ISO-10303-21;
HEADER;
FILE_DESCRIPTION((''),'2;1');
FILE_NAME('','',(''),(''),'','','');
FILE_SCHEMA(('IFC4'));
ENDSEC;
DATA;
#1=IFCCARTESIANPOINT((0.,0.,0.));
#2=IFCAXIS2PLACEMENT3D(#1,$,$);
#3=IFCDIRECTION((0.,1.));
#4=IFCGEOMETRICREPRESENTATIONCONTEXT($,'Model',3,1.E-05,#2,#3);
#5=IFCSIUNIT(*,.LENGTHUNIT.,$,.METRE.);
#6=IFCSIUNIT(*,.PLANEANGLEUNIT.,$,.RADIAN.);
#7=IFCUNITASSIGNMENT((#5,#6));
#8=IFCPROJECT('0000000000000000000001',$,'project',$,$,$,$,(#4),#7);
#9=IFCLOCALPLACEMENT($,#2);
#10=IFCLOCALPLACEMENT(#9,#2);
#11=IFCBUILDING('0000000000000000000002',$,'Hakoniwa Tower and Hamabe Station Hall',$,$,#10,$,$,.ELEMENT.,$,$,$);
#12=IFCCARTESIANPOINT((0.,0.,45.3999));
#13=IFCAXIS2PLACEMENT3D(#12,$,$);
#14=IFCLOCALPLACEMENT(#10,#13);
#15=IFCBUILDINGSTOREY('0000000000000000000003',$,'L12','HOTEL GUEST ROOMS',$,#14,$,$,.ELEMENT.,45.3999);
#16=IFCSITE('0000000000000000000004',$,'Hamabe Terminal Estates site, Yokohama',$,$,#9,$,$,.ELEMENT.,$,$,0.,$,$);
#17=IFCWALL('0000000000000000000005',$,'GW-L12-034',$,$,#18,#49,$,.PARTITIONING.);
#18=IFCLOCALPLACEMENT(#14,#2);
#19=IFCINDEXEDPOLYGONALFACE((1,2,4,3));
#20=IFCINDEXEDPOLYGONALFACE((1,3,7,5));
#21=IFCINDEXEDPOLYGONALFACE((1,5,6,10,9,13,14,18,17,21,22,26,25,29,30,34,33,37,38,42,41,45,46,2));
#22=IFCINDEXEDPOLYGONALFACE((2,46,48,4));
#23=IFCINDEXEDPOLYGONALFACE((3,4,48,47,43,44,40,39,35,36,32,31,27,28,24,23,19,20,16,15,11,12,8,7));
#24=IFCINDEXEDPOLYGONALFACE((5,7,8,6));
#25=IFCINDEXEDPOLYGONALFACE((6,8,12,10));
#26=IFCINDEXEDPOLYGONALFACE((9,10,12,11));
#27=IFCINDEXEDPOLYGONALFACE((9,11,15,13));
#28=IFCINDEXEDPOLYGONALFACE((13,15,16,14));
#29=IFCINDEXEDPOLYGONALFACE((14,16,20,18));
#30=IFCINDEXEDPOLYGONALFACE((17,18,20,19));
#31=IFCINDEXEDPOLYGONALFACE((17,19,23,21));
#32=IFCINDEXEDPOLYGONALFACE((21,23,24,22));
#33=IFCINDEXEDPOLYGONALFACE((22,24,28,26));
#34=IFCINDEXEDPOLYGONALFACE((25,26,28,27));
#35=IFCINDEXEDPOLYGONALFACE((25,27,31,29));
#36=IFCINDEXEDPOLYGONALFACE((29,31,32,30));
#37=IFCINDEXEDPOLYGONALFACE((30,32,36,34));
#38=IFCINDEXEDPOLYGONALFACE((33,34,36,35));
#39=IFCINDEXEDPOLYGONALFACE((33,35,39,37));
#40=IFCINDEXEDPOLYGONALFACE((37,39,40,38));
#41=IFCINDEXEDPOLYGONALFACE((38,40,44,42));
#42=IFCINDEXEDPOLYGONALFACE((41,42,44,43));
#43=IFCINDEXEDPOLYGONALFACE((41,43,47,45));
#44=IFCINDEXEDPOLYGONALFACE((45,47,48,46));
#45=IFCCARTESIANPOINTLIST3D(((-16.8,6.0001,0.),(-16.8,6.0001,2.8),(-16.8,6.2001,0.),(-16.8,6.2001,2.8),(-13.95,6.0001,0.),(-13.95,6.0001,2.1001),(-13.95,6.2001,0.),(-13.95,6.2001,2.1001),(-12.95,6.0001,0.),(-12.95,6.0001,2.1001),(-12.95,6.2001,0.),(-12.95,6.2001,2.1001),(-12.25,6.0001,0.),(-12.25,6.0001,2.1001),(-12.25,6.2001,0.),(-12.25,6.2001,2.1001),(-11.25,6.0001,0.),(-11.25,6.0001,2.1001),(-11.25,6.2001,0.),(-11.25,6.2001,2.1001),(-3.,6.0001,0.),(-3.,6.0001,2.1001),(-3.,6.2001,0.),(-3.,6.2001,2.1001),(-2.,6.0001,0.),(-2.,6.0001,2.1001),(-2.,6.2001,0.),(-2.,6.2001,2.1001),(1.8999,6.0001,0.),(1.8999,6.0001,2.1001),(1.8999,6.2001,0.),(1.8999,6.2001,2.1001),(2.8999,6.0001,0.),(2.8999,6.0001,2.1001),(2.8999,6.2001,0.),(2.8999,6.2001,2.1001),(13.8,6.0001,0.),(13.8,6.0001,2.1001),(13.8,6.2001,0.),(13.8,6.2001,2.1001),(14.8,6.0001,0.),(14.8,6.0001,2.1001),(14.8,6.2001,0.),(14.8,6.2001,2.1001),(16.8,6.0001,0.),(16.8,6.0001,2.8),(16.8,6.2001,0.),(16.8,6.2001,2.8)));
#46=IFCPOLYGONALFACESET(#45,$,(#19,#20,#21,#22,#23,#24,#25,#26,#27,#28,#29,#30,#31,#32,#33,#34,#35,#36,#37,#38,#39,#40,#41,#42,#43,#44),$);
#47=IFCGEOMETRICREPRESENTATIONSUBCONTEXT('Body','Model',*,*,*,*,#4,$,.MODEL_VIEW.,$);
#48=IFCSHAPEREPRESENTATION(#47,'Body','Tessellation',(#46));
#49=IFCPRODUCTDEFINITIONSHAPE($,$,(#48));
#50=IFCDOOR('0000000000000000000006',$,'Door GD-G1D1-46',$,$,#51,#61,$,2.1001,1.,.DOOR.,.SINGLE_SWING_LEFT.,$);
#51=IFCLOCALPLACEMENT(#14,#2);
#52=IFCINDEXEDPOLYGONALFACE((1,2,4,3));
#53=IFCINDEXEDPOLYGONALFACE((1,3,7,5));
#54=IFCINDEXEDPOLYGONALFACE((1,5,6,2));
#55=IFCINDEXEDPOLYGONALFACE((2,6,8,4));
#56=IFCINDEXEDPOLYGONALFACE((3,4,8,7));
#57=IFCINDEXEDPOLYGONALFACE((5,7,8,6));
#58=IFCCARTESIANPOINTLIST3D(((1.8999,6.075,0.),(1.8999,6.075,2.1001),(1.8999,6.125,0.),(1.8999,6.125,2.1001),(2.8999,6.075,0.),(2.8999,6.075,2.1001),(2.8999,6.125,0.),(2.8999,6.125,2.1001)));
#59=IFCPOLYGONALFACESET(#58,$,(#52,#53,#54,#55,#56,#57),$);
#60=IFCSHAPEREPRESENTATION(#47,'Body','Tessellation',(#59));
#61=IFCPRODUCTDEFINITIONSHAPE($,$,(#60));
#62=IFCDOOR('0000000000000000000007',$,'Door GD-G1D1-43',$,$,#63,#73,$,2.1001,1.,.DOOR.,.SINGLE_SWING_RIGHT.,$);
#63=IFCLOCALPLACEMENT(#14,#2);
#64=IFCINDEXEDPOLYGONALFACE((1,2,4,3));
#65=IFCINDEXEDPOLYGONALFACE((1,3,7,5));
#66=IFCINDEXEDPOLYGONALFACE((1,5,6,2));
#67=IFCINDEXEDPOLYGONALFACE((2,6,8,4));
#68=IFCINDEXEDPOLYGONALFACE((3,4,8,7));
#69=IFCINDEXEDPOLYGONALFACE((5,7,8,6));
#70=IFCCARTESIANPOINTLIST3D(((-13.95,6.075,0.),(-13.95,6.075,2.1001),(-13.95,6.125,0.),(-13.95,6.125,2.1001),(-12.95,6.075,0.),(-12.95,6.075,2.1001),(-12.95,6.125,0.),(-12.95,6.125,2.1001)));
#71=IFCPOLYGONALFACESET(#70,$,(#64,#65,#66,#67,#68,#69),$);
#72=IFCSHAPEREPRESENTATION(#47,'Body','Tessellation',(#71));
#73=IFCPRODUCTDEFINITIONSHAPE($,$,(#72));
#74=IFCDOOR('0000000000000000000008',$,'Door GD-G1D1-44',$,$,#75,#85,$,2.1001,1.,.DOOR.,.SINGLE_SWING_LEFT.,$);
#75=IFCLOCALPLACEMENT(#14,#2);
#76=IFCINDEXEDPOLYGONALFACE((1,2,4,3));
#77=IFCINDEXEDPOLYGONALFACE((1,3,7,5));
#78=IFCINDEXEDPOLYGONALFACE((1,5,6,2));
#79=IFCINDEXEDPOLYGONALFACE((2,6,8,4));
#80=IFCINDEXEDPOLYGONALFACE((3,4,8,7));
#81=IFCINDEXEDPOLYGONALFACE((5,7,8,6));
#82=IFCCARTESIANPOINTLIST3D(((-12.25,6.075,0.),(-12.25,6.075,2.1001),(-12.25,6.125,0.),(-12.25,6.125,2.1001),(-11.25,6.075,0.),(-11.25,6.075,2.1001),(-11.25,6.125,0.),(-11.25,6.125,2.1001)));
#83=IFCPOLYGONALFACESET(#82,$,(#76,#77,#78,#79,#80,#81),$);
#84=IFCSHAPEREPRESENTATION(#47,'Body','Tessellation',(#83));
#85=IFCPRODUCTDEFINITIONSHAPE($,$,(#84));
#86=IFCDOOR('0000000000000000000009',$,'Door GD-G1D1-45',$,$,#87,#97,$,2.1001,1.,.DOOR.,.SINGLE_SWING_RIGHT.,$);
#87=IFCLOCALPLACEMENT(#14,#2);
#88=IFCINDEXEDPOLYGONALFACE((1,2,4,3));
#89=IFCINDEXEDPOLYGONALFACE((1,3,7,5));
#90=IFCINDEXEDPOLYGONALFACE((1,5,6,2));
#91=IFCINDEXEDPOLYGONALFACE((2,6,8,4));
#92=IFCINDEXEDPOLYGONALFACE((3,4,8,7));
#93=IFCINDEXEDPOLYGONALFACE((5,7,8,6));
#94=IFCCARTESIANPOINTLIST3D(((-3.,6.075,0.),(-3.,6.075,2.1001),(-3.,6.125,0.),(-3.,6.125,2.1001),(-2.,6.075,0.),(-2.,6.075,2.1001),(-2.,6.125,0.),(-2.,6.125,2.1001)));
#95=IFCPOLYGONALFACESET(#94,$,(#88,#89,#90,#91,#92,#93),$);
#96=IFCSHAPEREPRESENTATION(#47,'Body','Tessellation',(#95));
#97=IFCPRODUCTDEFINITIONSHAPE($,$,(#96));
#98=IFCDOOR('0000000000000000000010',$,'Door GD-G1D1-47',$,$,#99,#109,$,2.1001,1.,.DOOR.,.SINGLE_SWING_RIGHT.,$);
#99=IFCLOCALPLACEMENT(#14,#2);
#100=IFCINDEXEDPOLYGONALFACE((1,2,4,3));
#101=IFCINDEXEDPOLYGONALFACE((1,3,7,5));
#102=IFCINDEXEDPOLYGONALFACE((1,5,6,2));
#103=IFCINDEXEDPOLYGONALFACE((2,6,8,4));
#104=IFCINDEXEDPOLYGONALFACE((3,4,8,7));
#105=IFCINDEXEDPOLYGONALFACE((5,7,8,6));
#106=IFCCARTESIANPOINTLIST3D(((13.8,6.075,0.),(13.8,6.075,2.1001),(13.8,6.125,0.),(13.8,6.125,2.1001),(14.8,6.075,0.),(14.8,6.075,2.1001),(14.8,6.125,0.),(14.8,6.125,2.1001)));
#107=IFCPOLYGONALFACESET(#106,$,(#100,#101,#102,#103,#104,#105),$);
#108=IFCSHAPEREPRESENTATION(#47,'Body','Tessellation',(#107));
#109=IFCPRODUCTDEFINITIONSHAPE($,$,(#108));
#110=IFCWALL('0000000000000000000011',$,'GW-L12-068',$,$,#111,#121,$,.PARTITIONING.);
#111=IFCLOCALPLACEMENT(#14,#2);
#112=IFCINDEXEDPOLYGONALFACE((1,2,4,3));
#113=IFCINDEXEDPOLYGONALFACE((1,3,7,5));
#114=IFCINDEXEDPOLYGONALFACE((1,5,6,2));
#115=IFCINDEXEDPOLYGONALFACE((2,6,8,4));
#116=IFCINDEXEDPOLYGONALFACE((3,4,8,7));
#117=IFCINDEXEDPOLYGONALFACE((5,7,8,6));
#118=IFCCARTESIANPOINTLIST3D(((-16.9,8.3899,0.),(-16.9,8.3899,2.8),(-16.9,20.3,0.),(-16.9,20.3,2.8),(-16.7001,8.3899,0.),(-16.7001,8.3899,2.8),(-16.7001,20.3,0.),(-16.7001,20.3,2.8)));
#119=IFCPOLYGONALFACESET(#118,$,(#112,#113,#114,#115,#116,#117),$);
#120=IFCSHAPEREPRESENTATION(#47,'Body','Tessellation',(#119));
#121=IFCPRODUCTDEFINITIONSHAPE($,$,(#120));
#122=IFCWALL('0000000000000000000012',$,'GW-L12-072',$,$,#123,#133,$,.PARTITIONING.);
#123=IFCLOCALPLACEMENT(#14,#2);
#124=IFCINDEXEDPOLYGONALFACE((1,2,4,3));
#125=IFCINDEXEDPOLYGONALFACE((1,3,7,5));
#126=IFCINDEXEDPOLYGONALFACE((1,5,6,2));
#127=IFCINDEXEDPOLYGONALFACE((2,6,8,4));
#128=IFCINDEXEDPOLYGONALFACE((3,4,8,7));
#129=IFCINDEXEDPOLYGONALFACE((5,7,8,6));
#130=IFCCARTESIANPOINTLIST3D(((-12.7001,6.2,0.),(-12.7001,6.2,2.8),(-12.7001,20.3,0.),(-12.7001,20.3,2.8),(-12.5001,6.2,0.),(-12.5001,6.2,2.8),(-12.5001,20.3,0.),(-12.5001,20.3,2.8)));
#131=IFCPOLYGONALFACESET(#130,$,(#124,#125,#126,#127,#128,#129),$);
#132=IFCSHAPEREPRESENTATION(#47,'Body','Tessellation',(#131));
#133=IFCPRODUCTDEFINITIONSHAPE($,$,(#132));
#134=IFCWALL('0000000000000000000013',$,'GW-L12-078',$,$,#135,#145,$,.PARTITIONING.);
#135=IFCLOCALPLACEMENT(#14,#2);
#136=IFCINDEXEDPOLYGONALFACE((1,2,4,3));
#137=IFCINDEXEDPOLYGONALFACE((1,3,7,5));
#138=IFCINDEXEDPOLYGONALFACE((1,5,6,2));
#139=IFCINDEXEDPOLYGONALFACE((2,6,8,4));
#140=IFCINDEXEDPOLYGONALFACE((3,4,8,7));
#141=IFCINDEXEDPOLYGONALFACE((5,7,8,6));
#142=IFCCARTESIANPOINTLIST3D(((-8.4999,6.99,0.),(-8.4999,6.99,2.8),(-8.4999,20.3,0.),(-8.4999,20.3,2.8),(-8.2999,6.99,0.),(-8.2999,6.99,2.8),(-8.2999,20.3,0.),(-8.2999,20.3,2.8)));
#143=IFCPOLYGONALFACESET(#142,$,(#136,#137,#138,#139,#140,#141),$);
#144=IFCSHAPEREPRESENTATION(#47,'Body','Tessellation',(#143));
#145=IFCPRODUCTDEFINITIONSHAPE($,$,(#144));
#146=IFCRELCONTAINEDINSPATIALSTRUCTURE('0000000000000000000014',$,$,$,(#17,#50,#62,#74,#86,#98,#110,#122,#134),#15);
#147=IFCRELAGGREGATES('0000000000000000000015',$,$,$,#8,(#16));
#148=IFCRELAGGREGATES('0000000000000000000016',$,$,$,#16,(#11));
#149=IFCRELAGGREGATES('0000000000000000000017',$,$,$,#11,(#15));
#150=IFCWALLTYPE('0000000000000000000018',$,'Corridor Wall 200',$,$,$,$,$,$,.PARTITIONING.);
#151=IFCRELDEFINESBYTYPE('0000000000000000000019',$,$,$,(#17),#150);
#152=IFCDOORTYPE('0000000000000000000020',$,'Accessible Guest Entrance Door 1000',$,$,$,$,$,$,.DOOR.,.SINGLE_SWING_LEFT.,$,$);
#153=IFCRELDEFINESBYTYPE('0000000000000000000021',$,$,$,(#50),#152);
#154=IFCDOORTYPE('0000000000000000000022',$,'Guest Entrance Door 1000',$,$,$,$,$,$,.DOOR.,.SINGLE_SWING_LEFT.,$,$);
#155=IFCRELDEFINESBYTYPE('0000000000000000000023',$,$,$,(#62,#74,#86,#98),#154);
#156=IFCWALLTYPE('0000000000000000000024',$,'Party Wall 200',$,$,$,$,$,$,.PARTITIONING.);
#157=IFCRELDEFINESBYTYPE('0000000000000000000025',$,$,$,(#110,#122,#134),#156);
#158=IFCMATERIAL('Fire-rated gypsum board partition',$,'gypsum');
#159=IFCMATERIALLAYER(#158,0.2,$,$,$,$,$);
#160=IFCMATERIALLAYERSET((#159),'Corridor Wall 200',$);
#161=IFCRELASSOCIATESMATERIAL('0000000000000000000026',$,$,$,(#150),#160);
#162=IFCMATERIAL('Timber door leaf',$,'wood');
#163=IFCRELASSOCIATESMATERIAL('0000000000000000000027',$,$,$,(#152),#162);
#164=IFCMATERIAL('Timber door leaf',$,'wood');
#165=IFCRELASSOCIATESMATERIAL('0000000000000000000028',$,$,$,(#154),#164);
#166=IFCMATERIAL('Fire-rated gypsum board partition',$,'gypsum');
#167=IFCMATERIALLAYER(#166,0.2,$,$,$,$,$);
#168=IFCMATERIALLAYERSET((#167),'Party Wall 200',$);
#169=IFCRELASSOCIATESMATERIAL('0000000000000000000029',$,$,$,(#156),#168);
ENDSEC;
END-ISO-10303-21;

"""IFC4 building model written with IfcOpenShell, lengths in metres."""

from ifc_helpers import new_model, si_unit, direction, frame, frame_2d, origin, place, context, subcontext, project, spatial, rectangle, extrude, material, layer, layer_set, type_object, element, fill, save


model = new_model("IFC4")

# Units and contexts
model_context = context("Model", 3, precision=1e-05, world=origin(), true_north=direction((0.0, 1.0)))
body_context = subcontext(model_context, "Body", "Model", "MODEL_VIEW")
ifc_project = project(units=[si_unit("LENGTHUNIT", "METRE"), si_unit("PLANEANGLEUNIT", "RADIAN")], contexts=[model_context])

# Site, building, storey
site_placement = place(None, origin())
site = spatial("IfcSite", under=ifc_project, at=site_placement, Name="Hamabe Terminal Estates site, Yokohama", CompositionType="ELEMENT", RefElevation=0.0)
building_placement = place(site_placement, origin())
building = spatial("IfcBuilding", under=site, at=building_placement, Name="Hakoniwa Tower and Hamabe Station Hall", CompositionType="ELEMENT")
storey_placement = place(building_placement, frame((0.0, 0.0, 45.3999)))
storey = spatial("IfcBuildingStorey", under=building, at=storey_placement, Name="L12", Description="HOTEL GUEST ROOMS", CompositionType="ELEMENT", Elevation=45.3999)

# Wall, openings, doors
ifc_material_1 = material(Name="Fire-rated gypsum board partition", Category="gypsum")
ifc_layer_1 = layer(ifc_material_1, 0.2)
ifc_layer_set_1 = layer_set([ifc_layer_1], Name="Corridor Wall 200")
wall_type_1 = type_object("IfcWallType", Name="Corridor Wall 200", PredefinedType="PARTITIONING", material=ifc_layer_set_1)
wall_1_placement = place(storey_placement, frame((-16.8, 6.1001, 0.0), z_axis=(0.0, 0.0, 1.0), x_axis=(1.0, 0.0, 0.0)))
wall_1 = element("IfcWall", 1, at=wall_1_placement, inside=storey, type_object=wall_type_1, Name="GW-L12-034", PredefinedType="PARTITIONING", context=body_context, shape_type="SweptSolid", body=[
    extrude(rectangle(XDim=33.6001, YDim=0.2, at=frame_2d((16.8, 0.0))), origin(), (0.0, 0.0, 1.0), 2.8),
])
opening_1_placement = place(wall_1_placement, frame((2.8501, 0.0, 0.0)))
opening_1 = element("IfcOpeningElement", 2, at=opening_1_placement, cuts=wall_1, PredefinedType="OPENING", context=body_context, shape_type="SweptSolid", body=[
    extrude(rectangle(XDim=1.0, YDim=2.1001, at=frame_2d((0.5, 1.05))), frame((0.0, 0.1099, 0.0), z_axis=(0.0, -1.0, 0.0), x_axis=(1.0, 0.0, 0.0)), (0.0, 0.0, 1.0), 0.22),
])
opening_2_placement = place(wall_1_placement, frame((4.55, 0.0, 0.0)))
opening_2 = element("IfcOpeningElement", 3, at=opening_2_placement, cuts=wall_1, PredefinedType="OPENING", context=body_context, shape_type="SweptSolid", body=[
    extrude(rectangle(XDim=1.0, YDim=2.1001, at=frame_2d((0.5, 1.05))), frame((0.0, 0.1099, 0.0), z_axis=(0.0, -1.0, 0.0), x_axis=(1.0, 0.0, 0.0)), (0.0, 0.0, 1.0), 0.22),
])
opening_3_placement = place(wall_1_placement, frame((13.8, 0.0, 0.0)))
opening_3 = element("IfcOpeningElement", 4, at=opening_3_placement, cuts=wall_1, PredefinedType="OPENING", context=body_context, shape_type="SweptSolid", body=[
    extrude(rectangle(XDim=1.0, YDim=2.1001, at=frame_2d((0.5, 1.05))), frame((0.0, 0.1099, 0.0), z_axis=(0.0, -1.0, 0.0), x_axis=(1.0, 0.0, 0.0)), (0.0, 0.0, 1.0), 0.22),
])
opening_4_placement = place(wall_1_placement, frame((18.7, 0.0, 0.0)))
opening_4 = element("IfcOpeningElement", 5, at=opening_4_placement, cuts=wall_1, PredefinedType="OPENING", context=body_context, shape_type="SweptSolid", body=[
    extrude(rectangle(XDim=1.0, YDim=2.1001, at=frame_2d((0.5, 1.05))), frame((0.0, 0.1099, 0.0), z_axis=(0.0, -1.0, 0.0), x_axis=(1.0, 0.0, 0.0)), (0.0, 0.0, 1.0), 0.22),
])
opening_5_placement = place(wall_1_placement, frame((30.6001, 0.0, 0.0)))
opening_5 = element("IfcOpeningElement", 6, at=opening_5_placement, cuts=wall_1, PredefinedType="OPENING", context=body_context, shape_type="SweptSolid", body=[
    extrude(rectangle(XDim=1.0, YDim=2.1001, at=frame_2d((0.5, 1.05))), frame((0.0, 0.1099, 0.0), z_axis=(0.0, -1.0, 0.0), x_axis=(1.0, 0.0, 0.0)), (0.0, 0.0, 1.0), 0.22),
])
ifc_material_2 = material(Name="Timber door leaf", Category="wood")
door_type_1 = type_object("IfcDoorType", Name="Accessible Guest Entrance Door 1000", OperationType="SINGLE_SWING_LEFT", PredefinedType="DOOR", material=ifc_material_2)
door_1_placement = place(opening_4_placement, origin())
door_1 = element("IfcDoor", 7, at=door_1_placement, inside=storey, type_object=door_type_1, Name="Door GD-G1D1-46", OperationType="SINGLE_SWING_LEFT", OverallHeight=2.1001, OverallWidth=1.0, PredefinedType="DOOR", context=body_context, shape_type="SweptSolid", body=[
    extrude(rectangle(XDim=1.0, YDim=2.1001, at=frame_2d((0.5, 1.05))), frame((0.0, 0.0249, 0.0), z_axis=(0.0, -1.0, 0.0), x_axis=(1.0, 0.0, 0.0)), (0.0, 0.0, 1.0), 0.05),
])
fill(opening_4, door_1)
ifc_material_3 = material(Name="Timber door leaf", Category="wood")
door_type_2 = type_object("IfcDoorType", Name="Guest Entrance Door 1000", OperationType="SINGLE_SWING_LEFT", PredefinedType="DOOR", material=ifc_material_3)
door_2_placement = place(opening_1_placement, origin())
door_2 = element("IfcDoor", 8, at=door_2_placement, inside=storey, type_object=door_type_2, Name="Door GD-G1D1-43", OperationType="SINGLE_SWING_RIGHT", OverallHeight=2.1001, OverallWidth=1.0, PredefinedType="DOOR", context=body_context, shape_type="SweptSolid", body=[
    extrude(rectangle(XDim=1.0, YDim=2.1001, at=frame_2d((0.5, 1.05))), frame((0.0, 0.0249, 0.0), z_axis=(0.0, -1.0, 0.0), x_axis=(1.0, 0.0, 0.0)), (0.0, 0.0, 1.0), 0.05),
])
fill(opening_1, door_2)
door_3_placement = place(opening_2_placement, origin())
door_3 = element("IfcDoor", 9, at=door_3_placement, inside=storey, type_object=door_type_2, Name="Door GD-G1D1-44", OperationType="SINGLE_SWING_LEFT", OverallHeight=2.1001, OverallWidth=1.0, PredefinedType="DOOR", context=body_context, shape_type="SweptSolid", body=[
    extrude(rectangle(XDim=1.0, YDim=2.1001, at=frame_2d((0.5, 1.05))), frame((0.0, 0.0249, 0.0), z_axis=(0.0, -1.0, 0.0), x_axis=(1.0, 0.0, 0.0)), (0.0, 0.0, 1.0), 0.05),
])
fill(opening_2, door_3)
door_4_placement = place(opening_3_placement, origin())
door_4 = element("IfcDoor", 10, at=door_4_placement, inside=storey, type_object=door_type_2, Name="Door GD-G1D1-45", OperationType="SINGLE_SWING_RIGHT", OverallHeight=2.1001, OverallWidth=1.0, PredefinedType="DOOR", context=body_context, shape_type="SweptSolid", body=[
    extrude(rectangle(XDim=1.0, YDim=2.1001, at=frame_2d((0.5, 1.05))), frame((0.0, 0.0249, 0.0), z_axis=(0.0, -1.0, 0.0), x_axis=(1.0, 0.0, 0.0)), (0.0, 0.0, 1.0), 0.05),
])
fill(opening_3, door_4)
door_5_placement = place(opening_5_placement, origin())
door_5 = element("IfcDoor", 11, at=door_5_placement, inside=storey, type_object=door_type_2, Name="Door GD-G1D1-47", OperationType="SINGLE_SWING_RIGHT", OverallHeight=2.1001, OverallWidth=1.0, PredefinedType="DOOR", context=body_context, shape_type="SweptSolid", body=[
    extrude(rectangle(XDim=1.0, YDim=2.1001, at=frame_2d((0.5, 1.05))), frame((0.0, 0.0249, 0.0), z_axis=(0.0, -1.0, 0.0), x_axis=(1.0, 0.0, 0.0)), (0.0, 0.0, 1.0), 0.05),
])
fill(opening_5, door_5)

# Walls
ifc_material_4 = material(Name="Fire-rated gypsum board partition", Category="gypsum")
ifc_layer_2 = layer(ifc_material_4, 0.2)
ifc_layer_set_2 = layer_set([ifc_layer_2], Name="Party Wall 200")
wall_type_2 = type_object("IfcWallType", Name="Party Wall 200", PredefinedType="PARTITIONING", material=ifc_layer_set_2)
wall_2_placement = place(storey_placement, frame((-16.8, 8.3899, 0.0), z_axis=(0.0, 0.0, 1.0), x_axis=(0.0, 1.0, 0.0)))
element("IfcWall", 12, at=wall_2_placement, inside=storey, type_object=wall_type_2, Name="GW-L12-068", PredefinedType="PARTITIONING", context=body_context, shape_type="SweptSolid", body=[
    extrude(rectangle(XDim=11.9102, YDim=0.2, at=frame_2d((5.9551, 0.0))), origin(), (0.0, 0.0, 1.0), 2.8),
])
wall_3_placement = place(storey_placement, frame((-12.6001, 6.2, 0.0), z_axis=(0.0, 0.0, 1.0), x_axis=(0.0, 1.0, 0.0)))
element("IfcWall", 13, at=wall_3_placement, inside=storey, type_object=wall_type_2, Name="GW-L12-072", PredefinedType="PARTITIONING", context=body_context, shape_type="SweptSolid", body=[
    extrude(rectangle(XDim=14.1001, YDim=0.2, at=frame_2d((7.05, 0.0))), origin(), (0.0, 0.0, 1.0), 2.8),
])
wall_4_placement = place(storey_placement, frame((-8.3999, 6.99, 0.0), z_axis=(0.0, 0.0, 1.0), x_axis=(0.0, 1.0, 0.0)))
element("IfcWall", 14, at=wall_4_placement, inside=storey, type_object=wall_type_2, Name="GW-L12-078", PredefinedType="PARTITIONING", context=body_context, shape_type="SweptSolid", body=[
    extrude(rectangle(XDim=13.3101, YDim=0.2, at=frame_2d((6.655, 0.0))), origin(), (0.0, 0.0, 1.0), 2.8),
])

save(model, "model.ifc")
